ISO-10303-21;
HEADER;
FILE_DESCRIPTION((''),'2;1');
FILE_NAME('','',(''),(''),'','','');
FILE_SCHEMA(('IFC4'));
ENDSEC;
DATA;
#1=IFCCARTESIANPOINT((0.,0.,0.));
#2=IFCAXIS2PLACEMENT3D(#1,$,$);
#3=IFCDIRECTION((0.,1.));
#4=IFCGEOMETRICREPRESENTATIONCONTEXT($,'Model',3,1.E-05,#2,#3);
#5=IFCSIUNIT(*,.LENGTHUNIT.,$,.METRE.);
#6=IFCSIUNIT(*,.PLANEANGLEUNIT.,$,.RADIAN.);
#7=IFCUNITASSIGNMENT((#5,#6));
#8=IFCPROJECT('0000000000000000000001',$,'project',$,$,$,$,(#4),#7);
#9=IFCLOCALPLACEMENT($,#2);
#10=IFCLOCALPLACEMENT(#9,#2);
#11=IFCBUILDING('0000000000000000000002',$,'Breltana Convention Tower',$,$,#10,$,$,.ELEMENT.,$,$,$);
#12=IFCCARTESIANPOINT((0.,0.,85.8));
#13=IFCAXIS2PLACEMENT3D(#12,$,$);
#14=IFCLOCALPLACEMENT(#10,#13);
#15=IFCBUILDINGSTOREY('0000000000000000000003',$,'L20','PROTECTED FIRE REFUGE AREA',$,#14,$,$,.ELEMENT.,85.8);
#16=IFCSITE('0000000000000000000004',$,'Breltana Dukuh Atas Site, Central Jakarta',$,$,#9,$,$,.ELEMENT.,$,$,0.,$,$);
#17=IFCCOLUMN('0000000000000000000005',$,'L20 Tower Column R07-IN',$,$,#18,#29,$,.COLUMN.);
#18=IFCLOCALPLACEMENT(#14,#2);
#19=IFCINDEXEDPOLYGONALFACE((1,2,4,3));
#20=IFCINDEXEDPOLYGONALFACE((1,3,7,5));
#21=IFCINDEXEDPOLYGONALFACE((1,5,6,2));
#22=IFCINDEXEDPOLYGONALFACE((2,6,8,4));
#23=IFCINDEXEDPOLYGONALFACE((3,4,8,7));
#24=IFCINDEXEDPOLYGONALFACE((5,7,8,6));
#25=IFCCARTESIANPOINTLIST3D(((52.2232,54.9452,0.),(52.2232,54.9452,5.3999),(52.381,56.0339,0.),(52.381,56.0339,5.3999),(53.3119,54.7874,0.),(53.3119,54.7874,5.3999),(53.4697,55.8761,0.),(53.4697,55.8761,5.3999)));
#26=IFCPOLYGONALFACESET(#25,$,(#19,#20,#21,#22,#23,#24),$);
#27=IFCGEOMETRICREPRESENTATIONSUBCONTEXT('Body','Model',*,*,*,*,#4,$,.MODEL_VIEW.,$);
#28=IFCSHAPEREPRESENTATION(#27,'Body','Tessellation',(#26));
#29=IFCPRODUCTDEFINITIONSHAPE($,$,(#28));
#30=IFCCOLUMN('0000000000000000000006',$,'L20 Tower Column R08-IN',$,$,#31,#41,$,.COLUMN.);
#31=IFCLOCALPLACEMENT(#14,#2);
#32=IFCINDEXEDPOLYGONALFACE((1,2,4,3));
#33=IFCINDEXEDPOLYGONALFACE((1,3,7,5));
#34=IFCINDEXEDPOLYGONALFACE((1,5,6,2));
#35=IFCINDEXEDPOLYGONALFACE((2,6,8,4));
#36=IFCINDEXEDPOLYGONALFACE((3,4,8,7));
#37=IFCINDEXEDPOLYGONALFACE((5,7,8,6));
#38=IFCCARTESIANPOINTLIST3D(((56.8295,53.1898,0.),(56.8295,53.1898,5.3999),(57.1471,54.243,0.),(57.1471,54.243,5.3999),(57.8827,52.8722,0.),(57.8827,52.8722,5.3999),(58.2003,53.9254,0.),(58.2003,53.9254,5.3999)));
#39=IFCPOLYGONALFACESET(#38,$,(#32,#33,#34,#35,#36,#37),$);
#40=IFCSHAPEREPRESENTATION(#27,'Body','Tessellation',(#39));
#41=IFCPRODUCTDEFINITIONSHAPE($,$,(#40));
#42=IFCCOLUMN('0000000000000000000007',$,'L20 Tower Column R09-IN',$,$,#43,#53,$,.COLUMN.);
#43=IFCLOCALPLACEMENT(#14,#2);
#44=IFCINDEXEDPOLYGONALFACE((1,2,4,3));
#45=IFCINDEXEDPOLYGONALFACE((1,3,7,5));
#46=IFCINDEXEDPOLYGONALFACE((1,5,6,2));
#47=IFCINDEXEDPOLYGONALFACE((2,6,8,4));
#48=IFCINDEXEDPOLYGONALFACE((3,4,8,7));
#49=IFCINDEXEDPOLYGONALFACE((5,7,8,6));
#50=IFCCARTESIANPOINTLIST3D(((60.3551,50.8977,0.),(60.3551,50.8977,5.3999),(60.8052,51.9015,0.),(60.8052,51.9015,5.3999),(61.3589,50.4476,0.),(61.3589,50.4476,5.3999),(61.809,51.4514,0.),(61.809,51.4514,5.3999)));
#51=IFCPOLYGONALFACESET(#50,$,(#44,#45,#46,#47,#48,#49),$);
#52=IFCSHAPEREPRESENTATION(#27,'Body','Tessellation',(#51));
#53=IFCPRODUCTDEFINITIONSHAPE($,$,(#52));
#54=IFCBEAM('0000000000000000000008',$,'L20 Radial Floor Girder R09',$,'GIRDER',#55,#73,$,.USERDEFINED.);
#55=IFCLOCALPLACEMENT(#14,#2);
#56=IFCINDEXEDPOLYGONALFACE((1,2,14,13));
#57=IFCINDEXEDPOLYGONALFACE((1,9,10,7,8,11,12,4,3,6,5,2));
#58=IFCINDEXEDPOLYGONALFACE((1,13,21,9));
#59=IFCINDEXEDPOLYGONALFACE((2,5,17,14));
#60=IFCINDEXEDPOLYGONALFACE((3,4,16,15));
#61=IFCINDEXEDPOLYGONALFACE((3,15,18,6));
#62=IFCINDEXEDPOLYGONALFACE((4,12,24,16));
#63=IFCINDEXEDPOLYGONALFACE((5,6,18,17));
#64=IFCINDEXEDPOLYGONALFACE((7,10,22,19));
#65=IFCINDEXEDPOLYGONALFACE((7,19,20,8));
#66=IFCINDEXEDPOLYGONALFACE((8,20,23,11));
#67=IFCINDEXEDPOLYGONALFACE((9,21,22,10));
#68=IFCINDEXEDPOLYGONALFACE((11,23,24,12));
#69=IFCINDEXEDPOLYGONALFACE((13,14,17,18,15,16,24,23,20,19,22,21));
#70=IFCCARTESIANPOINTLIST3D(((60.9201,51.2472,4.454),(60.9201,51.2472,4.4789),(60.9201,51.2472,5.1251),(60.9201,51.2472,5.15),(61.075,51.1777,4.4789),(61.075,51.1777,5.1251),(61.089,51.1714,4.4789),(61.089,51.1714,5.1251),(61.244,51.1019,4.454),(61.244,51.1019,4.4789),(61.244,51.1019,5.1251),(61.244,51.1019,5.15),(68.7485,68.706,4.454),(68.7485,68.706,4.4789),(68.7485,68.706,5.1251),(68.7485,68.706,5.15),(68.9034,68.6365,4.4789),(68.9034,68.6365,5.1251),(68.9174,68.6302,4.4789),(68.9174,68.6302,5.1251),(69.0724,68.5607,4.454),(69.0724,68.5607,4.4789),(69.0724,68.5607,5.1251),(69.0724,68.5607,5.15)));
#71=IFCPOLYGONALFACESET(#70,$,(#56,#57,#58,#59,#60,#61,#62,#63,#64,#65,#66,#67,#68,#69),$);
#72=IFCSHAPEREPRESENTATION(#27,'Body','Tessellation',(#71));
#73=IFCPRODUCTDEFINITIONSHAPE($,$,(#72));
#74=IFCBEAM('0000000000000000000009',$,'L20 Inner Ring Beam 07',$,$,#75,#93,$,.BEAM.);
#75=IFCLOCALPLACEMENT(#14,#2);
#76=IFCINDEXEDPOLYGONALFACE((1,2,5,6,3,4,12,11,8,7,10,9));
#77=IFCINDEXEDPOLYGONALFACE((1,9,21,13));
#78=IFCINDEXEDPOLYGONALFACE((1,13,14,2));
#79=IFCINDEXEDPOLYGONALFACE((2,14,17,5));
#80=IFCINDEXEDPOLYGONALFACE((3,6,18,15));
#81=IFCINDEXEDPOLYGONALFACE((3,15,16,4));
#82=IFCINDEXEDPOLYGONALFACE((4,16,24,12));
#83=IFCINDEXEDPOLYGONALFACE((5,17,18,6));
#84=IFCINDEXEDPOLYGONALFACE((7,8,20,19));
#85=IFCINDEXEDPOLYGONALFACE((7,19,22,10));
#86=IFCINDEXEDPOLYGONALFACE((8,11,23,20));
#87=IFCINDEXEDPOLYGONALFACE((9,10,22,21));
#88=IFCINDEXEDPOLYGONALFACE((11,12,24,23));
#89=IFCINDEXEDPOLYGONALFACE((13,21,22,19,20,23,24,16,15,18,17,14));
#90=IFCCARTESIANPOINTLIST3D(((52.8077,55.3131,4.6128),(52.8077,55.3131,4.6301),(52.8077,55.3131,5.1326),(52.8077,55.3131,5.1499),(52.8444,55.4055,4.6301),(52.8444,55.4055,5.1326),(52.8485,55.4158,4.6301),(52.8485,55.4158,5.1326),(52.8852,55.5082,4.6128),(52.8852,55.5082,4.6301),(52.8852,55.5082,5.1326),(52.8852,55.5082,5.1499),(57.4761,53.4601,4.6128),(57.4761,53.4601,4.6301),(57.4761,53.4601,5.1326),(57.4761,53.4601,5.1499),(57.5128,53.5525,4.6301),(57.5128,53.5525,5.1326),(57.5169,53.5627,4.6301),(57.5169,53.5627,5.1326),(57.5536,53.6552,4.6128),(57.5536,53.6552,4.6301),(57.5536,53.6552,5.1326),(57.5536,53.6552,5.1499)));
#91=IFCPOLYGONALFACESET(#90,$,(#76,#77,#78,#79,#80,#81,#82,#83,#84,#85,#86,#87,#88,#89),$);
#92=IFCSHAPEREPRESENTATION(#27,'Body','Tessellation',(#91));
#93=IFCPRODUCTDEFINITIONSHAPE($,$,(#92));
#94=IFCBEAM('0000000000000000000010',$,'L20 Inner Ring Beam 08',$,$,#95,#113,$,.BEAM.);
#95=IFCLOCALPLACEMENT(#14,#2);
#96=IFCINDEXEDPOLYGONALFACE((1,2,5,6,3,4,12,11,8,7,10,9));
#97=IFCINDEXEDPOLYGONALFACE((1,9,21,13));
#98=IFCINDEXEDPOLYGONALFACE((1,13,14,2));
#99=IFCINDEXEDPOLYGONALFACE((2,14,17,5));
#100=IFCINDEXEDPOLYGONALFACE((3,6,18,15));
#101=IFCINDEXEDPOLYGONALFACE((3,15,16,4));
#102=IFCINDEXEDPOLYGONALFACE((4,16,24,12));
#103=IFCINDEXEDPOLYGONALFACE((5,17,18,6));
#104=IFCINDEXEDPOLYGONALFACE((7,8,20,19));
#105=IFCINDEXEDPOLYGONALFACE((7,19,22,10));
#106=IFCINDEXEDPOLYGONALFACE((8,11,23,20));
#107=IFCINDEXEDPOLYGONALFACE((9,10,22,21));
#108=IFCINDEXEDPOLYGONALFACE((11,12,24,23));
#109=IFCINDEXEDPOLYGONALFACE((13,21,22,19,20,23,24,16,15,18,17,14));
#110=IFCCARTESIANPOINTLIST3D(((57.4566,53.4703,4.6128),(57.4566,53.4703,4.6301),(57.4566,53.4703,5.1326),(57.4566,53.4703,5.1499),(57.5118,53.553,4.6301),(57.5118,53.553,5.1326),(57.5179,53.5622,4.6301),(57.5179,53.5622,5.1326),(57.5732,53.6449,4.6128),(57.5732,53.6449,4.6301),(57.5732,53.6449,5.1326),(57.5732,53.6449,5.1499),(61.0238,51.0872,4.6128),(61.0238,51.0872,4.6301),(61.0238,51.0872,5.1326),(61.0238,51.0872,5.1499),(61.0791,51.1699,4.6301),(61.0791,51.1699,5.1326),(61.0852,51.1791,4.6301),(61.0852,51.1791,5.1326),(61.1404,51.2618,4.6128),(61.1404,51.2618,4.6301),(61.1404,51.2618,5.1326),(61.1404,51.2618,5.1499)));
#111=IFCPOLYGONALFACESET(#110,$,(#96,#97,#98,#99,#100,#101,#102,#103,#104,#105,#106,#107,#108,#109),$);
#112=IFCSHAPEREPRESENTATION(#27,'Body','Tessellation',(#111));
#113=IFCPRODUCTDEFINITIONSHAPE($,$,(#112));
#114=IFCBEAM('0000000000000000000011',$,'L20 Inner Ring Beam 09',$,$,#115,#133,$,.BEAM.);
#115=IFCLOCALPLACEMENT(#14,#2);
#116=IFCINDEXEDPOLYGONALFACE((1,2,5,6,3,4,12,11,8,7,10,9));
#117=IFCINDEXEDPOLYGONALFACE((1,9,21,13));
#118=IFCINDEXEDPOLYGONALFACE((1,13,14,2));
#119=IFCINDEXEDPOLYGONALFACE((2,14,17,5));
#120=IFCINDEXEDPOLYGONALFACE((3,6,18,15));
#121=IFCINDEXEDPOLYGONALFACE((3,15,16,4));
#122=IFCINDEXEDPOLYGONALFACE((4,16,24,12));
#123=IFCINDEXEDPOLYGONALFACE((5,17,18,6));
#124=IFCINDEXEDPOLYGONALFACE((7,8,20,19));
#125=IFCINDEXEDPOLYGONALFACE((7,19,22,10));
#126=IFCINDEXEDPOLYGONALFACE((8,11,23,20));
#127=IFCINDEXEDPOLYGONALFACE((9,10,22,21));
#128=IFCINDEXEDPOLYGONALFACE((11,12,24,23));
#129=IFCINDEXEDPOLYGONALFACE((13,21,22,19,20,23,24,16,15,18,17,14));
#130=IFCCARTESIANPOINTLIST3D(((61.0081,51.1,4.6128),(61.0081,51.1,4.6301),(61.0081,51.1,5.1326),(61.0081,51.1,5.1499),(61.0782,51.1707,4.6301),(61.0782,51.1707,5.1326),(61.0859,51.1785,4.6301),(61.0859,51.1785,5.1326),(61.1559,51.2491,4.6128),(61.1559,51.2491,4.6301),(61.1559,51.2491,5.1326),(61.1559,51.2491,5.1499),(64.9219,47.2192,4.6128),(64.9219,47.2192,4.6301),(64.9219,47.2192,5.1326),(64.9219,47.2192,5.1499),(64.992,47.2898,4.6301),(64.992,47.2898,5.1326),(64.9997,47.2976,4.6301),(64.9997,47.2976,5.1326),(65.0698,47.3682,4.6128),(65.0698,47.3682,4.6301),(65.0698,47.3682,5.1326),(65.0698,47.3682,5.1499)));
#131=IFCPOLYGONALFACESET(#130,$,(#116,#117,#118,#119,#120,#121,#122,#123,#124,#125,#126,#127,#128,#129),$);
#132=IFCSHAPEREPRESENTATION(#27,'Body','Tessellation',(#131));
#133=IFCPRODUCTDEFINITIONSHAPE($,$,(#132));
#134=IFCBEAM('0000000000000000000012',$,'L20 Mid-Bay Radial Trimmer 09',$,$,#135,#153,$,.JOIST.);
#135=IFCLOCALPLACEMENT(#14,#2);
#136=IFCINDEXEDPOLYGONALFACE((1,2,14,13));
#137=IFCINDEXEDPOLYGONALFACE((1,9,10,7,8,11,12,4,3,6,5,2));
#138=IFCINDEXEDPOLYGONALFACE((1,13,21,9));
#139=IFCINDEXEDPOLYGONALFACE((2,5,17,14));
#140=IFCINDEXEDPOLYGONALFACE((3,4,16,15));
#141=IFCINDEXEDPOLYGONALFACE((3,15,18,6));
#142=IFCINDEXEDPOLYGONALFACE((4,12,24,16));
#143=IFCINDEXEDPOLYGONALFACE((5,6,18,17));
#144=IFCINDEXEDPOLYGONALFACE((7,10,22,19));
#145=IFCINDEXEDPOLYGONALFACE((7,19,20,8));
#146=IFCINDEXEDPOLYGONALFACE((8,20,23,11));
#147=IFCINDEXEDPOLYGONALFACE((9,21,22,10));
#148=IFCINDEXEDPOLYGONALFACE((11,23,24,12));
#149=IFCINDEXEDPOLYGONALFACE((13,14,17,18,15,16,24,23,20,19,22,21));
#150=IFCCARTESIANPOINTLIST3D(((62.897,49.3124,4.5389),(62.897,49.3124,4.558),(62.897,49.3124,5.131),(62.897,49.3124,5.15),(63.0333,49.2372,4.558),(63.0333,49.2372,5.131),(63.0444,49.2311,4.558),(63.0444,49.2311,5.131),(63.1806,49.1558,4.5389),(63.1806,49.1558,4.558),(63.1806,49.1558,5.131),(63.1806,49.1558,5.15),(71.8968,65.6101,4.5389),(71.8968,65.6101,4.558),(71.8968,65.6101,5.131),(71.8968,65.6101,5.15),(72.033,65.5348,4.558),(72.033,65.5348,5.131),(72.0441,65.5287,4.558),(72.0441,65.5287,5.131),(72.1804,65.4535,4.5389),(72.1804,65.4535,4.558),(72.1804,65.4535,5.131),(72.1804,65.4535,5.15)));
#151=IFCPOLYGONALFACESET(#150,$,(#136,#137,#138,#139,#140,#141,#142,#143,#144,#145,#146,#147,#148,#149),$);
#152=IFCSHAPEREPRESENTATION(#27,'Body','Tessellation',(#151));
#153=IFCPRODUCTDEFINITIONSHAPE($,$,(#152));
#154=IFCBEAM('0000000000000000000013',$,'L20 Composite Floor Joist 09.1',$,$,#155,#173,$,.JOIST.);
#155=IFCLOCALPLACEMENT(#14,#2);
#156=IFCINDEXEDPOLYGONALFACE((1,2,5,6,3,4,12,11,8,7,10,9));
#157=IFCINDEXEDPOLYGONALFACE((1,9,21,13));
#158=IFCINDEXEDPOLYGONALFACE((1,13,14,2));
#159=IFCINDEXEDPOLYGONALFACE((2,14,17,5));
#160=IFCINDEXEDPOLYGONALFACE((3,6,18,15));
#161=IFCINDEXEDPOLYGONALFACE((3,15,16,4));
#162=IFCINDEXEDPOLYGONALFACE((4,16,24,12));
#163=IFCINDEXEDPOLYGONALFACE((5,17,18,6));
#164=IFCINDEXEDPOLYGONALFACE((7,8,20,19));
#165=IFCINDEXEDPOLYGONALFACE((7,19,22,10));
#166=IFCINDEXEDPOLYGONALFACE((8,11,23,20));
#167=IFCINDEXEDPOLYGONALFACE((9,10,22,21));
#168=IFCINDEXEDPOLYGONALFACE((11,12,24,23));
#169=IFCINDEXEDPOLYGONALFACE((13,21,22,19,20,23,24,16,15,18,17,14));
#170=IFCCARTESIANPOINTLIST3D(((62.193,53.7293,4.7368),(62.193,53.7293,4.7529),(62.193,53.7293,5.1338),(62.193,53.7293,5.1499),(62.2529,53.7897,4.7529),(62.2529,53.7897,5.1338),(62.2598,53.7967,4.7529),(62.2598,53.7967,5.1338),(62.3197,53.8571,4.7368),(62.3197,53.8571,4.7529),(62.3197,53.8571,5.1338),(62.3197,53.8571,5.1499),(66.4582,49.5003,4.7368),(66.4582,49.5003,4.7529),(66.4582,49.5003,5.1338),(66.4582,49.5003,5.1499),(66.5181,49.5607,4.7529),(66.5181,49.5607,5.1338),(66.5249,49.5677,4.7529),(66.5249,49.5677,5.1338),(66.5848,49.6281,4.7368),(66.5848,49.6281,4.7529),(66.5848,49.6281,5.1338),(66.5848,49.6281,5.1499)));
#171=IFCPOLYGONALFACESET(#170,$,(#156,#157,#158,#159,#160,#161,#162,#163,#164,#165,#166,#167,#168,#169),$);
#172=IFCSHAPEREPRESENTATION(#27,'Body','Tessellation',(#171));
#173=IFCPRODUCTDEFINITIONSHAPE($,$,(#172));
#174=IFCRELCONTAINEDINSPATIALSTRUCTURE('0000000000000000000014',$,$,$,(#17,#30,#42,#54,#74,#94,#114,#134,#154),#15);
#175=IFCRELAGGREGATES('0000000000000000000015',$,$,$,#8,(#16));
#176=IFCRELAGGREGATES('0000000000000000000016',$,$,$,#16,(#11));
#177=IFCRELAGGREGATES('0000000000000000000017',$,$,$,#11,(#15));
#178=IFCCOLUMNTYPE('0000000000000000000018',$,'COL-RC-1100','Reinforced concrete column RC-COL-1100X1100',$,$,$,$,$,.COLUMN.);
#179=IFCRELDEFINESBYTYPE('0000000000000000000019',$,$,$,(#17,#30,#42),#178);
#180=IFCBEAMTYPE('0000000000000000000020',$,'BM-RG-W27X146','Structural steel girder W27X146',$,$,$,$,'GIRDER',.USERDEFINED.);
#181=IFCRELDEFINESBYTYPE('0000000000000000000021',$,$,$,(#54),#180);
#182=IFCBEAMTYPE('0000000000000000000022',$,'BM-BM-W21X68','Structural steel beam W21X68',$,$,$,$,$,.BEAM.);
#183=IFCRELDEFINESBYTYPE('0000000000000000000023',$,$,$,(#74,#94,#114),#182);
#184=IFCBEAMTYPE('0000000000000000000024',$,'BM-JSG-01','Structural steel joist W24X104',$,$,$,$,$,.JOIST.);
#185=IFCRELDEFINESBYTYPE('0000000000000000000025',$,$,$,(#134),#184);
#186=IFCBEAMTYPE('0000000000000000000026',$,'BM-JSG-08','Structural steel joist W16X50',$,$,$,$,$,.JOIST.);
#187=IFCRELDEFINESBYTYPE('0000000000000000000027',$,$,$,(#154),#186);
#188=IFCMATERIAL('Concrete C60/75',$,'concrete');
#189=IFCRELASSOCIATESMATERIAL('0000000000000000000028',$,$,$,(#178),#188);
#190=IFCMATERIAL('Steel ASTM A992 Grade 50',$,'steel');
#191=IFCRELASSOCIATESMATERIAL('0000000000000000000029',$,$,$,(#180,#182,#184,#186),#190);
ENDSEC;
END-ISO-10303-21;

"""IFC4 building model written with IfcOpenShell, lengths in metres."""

from ifc_helpers import new_model, si_unit, direction, frame, origin, origin_2d, place, context, subcontext, project, spatial, rectangle, i_section, extrude, source, transform, mapped, material, material_profile, profile_set, type_object, type_shapes, element, save


model = new_model("IFC4")

# Units and contexts
model_context = context("Model", 3, precision=1e-05, world=origin(), true_north=direction((0.0, 1.0)))
body_context = subcontext(model_context, "Body", "Model", "MODEL_VIEW")
ifc_project = project(units=[si_unit("LENGTHUNIT", "METRE"), si_unit("PLANEANGLEUNIT", "RADIAN")], contexts=[model_context])

# Site, building, storey
site_placement = place(None, origin())
site = spatial("IfcSite", under=ifc_project, at=site_placement, Name="Breltana Dukuh Atas Site, Central Jakarta", CompositionType="ELEMENT", RefElevation=0.0)
building_placement = place(site_placement, origin())
building = spatial("IfcBuilding", under=site, at=building_placement, Name="Breltana Convention Tower", CompositionType="ELEMENT")
storey_placement = place(building_placement, frame((0.0, 0.0, 85.8)))
storey = spatial("IfcBuildingStorey", under=building, at=storey_placement, Name="L20", Description="PROTECTED FIRE REFUGE AREA", CompositionType="ELEMENT", Elevation=85.8)

# Columns
ifc_material_1 = material(Name="Concrete C60/75", Category="concrete")
ifc_material_profile_1 = material_profile(ifc_material_1, rectangle(XDim=1.1001, YDim=1.1001, at=origin_2d()), Name="RC-COL-1100X1100")
ifc_profile_set_1 = profile_set([ifc_material_profile_1], Name="Concrete C60/75")
column_type = type_object("IfcColumnType", Name="COL-RC-1100", Description="Reinforced concrete column RC-COL-1100X1100", PredefinedType="COLUMN", material=ifc_profile_set_1)
shared_shape_1 = source(origin(), body_context, "Body", "SweptSolid", [
    extrude(rectangle(XDim=1.1001, YDim=1.1001, at=origin_2d()), origin(), (0.0, 0.0, 1.0), 5.3999),
])
type_shapes(column_type, [shared_shape_1])
for number, where, z_axis, x_axis, name in (
    (1, (52.8464, 55.4106, 0.0), (0.0, 0.0, 1.0), (0.143493, 0.989651, 0.0), "L20 Tower Column R07-IN"),
    (2, (57.5149, 53.5576, 0.0), (0.0, 0.0, 1.0), (0.288698, 0.95742, 0.0), "L20 Tower Column R08-IN"),
    (3, (61.082, 51.1746, 0.0), (0.0, 0.0, 1.0), (0.409127, 0.912477, 0.0), "L20 Tower Column R09-IN"),
):
    element("IfcColumn", number, at=place(storey_placement, frame(where, z_axis=z_axis, x_axis=x_axis)), inside=storey, type_object=column_type, Name=name, PredefinedType="COLUMN", context=body_context, shape_type="MappedRepresentation", body=[
        mapped(shared_shape_1, transform((0.0, 0.0, 0.0), scale=1.0)),
    ])

# Beams
ifc_material_2 = material(Name="Steel ASTM A992 Grade 50", Category="steel")
ifc_material_profile_2 = material_profile(ifc_material_2, i_section(OverallWidth=0.355, OverallDepth=0.696, WebThickness=0.0154, FlangeThickness=0.0249, at=origin_2d()), Name="W27X146")
ifc_profile_set_2 = profile_set([ifc_material_profile_2], Name="Steel ASTM A992 Grade 50")
beam_type_1 = type_object("IfcBeamType", Name="BM-RG-W27X146", Description="Structural steel girder W27X146", ElementType="GIRDER", PredefinedType="USERDEFINED", material=ifc_profile_set_2)
shared_shape_2 = source(origin(), body_context, "Body", "SweptSolid", [
    extrude(i_section(OverallWidth=0.355, OverallDepth=0.696, WebThickness=0.0154, FlangeThickness=0.0249, at=origin_2d()), origin(), (0.0, 0.0, 1.0), 19.1335),
])
beam_1_placement = place(storey_placement, frame((61.082, 51.1746, 4.802), z_axis=(0.409145, 0.91247, 0.0), x_axis=(-0.91247, 0.409145, 0.0)))
element("IfcBeam", 4, at=beam_1_placement, inside=storey, type_object=beam_type_1, Name="L20 Radial Floor Girder R09", ObjectType="GIRDER", PredefinedType="USERDEFINED", context=body_context, shape_type="MappedRepresentation", body=[
    mapped(shared_shape_2, transform((0.0, 0.0, 0.0), scale=1.0)),
])
ifc_material_profile_3 = material_profile(ifc_material_2, i_section(OverallWidth=0.21, OverallDepth=0.5371, WebThickness=0.011, FlangeThickness=0.0173, at=origin_2d()), Name="W21X68")
ifc_profile_set_3 = profile_set([ifc_material_profile_3], Name="Steel ASTM A992 Grade 50")
beam_type_2 = type_object("IfcBeamType", Name="BM-BM-W21X68", Description="Structural steel beam W21X68", PredefinedType="BEAM", material=ifc_profile_set_3)
shared_shape_3 = source(origin(), body_context, "Body", "SweptSolid", [
    extrude(i_section(OverallWidth=0.21, OverallDepth=0.5371, WebThickness=0.011, FlangeThickness=0.0173, at=origin_2d()), origin(), (0.0, 0.0, 1.0), 5.0227),
])
beam_2_placement = place(storey_placement, frame((52.8464, 55.4106, 4.8813), z_axis=(0.929459, -0.368926, 0.0), x_axis=(0.368926, 0.929459, 0.0)))
element("IfcBeam", 5, at=beam_2_placement, inside=storey, type_object=beam_type_2, Name="L20 Inner Ring Beam 07", PredefinedType="BEAM", context=body_context, shape_type="MappedRepresentation", body=[
    mapped(shared_shape_3, transform((0.0, 0.0, 0.0), scale=1.0)),
])
shared_shape_4 = source(origin(), body_context, "Body", "SweptSolid", [
    extrude(i_section(OverallWidth=0.21, OverallDepth=0.5371, WebThickness=0.011, FlangeThickness=0.0173, at=origin_2d()), origin(), (0.0, 0.0, 1.0), 4.29),
])
beam_3_placement = place(storey_placement, frame((57.5149, 53.5576, 4.8813), z_axis=(0.831516, -0.555501, 0.0), x_axis=(0.555501, 0.831516, 0.0)))
element("IfcBeam", 6, at=beam_3_placement, inside=storey, type_object=beam_type_2, Name="L20 Inner Ring Beam 08", PredefinedType="BEAM", context=body_context, shape_type="MappedRepresentation", body=[
    mapped(shared_shape_4, transform((0.0, 0.0, 0.0), scale=1.0)),
])
shared_shape_5 = source(origin(), body_context, "Body", "SweptSolid", [
    extrude(i_section(OverallWidth=0.21, OverallDepth=0.5371, WebThickness=0.011, FlangeThickness=0.0173, at=origin_2d()), origin(), (0.0, 0.0, 1.0), 5.5117),
])
beam_4_placement = place(storey_placement, frame((61.082, 51.1746, 4.8813), z_axis=(0.71009, -0.704111, 0.0), x_axis=(0.704111, 0.71009, 0.0)))
element("IfcBeam", 7, at=beam_4_placement, inside=storey, type_object=beam_type_2, Name="L20 Inner Ring Beam 09", PredefinedType="BEAM", context=body_context, shape_type="MappedRepresentation", body=[
    mapped(shared_shape_5, transform((0.0, 0.0, 0.0), scale=1.0)),
])
ifc_material_profile_4 = material_profile(ifc_material_2, i_section(OverallWidth=0.324, OverallDepth=0.6111, WebThickness=0.0127, FlangeThickness=0.019, at=origin_2d()), Name="W24X104")
ifc_profile_set_4 = profile_set([ifc_material_profile_4], Name="Steel ASTM A992 Grade 50")
beam_type_3 = type_object("IfcBeamType", Name="BM-JSG-01", Description="Structural steel joist W24X104", PredefinedType="JOIST", material=ifc_profile_set_4)
shared_shape_6 = source(origin(), body_context, "Body", "SweptSolid", [
    extrude(i_section(OverallWidth=0.324, OverallDepth=0.6111, WebThickness=0.0127, FlangeThickness=0.019, at=origin_2d()), origin(), (0.0, 0.0, 1.0), 18.6174),
])
beam_5_placement = place(storey_placement, frame((63.0388, 49.2341, 4.8445), z_axis=(0.483406, 0.875396, 0.0), x_axis=(-0.875396, 0.483406, 0.0)))
element("IfcBeam", 8, at=beam_5_placement, inside=storey, type_object=beam_type_3, Name="L20 Mid-Bay Radial Trimmer 09", PredefinedType="JOIST", context=body_context, shape_type="MappedRepresentation", body=[
    mapped(shared_shape_6, transform((0.0, 0.0, 0.0), scale=1.0)),
])
ifc_material_profile_5 = material_profile(ifc_material_2, i_section(OverallWidth=0.1799, OverallDepth=0.4131, WebThickness=0.0098, FlangeThickness=0.0161, at=origin_2d()), Name="W16X50")
ifc_profile_set_5 = profile_set([ifc_material_profile_5], Name="Steel ASTM A992 Grade 50")
beam_type_4 = type_object("IfcBeamType", Name="BM-JSG-08", Description="Structural steel joist W16X50", PredefinedType="JOIST", material=ifc_profile_set_5)
shared_shape_7 = source(origin(), body_context, "Body", "SweptSolid", [
    extrude(i_section(OverallWidth=0.1799, OverallDepth=0.4131, WebThickness=0.0098, FlangeThickness=0.0161, at=origin_2d()), origin(), (0.0, 0.0, 1.0), 6.0063),
])
beam_6_placement = place(storey_placement, frame((62.2563, 53.7932, 4.9434), z_axis=(0.710108, -0.704092, 0.0), x_axis=(0.704092, 0.710108, 0.0)))
element("IfcBeam", 9, at=beam_6_placement, inside=storey, type_object=beam_type_4, Name="L20 Composite Floor Joist 09.1", PredefinedType="JOIST", context=body_context, shape_type="MappedRepresentation", body=[
    mapped(shared_shape_7, transform((0.0, 0.0, 0.0), scale=1.0)),
])

save(model, "model.ifc")
